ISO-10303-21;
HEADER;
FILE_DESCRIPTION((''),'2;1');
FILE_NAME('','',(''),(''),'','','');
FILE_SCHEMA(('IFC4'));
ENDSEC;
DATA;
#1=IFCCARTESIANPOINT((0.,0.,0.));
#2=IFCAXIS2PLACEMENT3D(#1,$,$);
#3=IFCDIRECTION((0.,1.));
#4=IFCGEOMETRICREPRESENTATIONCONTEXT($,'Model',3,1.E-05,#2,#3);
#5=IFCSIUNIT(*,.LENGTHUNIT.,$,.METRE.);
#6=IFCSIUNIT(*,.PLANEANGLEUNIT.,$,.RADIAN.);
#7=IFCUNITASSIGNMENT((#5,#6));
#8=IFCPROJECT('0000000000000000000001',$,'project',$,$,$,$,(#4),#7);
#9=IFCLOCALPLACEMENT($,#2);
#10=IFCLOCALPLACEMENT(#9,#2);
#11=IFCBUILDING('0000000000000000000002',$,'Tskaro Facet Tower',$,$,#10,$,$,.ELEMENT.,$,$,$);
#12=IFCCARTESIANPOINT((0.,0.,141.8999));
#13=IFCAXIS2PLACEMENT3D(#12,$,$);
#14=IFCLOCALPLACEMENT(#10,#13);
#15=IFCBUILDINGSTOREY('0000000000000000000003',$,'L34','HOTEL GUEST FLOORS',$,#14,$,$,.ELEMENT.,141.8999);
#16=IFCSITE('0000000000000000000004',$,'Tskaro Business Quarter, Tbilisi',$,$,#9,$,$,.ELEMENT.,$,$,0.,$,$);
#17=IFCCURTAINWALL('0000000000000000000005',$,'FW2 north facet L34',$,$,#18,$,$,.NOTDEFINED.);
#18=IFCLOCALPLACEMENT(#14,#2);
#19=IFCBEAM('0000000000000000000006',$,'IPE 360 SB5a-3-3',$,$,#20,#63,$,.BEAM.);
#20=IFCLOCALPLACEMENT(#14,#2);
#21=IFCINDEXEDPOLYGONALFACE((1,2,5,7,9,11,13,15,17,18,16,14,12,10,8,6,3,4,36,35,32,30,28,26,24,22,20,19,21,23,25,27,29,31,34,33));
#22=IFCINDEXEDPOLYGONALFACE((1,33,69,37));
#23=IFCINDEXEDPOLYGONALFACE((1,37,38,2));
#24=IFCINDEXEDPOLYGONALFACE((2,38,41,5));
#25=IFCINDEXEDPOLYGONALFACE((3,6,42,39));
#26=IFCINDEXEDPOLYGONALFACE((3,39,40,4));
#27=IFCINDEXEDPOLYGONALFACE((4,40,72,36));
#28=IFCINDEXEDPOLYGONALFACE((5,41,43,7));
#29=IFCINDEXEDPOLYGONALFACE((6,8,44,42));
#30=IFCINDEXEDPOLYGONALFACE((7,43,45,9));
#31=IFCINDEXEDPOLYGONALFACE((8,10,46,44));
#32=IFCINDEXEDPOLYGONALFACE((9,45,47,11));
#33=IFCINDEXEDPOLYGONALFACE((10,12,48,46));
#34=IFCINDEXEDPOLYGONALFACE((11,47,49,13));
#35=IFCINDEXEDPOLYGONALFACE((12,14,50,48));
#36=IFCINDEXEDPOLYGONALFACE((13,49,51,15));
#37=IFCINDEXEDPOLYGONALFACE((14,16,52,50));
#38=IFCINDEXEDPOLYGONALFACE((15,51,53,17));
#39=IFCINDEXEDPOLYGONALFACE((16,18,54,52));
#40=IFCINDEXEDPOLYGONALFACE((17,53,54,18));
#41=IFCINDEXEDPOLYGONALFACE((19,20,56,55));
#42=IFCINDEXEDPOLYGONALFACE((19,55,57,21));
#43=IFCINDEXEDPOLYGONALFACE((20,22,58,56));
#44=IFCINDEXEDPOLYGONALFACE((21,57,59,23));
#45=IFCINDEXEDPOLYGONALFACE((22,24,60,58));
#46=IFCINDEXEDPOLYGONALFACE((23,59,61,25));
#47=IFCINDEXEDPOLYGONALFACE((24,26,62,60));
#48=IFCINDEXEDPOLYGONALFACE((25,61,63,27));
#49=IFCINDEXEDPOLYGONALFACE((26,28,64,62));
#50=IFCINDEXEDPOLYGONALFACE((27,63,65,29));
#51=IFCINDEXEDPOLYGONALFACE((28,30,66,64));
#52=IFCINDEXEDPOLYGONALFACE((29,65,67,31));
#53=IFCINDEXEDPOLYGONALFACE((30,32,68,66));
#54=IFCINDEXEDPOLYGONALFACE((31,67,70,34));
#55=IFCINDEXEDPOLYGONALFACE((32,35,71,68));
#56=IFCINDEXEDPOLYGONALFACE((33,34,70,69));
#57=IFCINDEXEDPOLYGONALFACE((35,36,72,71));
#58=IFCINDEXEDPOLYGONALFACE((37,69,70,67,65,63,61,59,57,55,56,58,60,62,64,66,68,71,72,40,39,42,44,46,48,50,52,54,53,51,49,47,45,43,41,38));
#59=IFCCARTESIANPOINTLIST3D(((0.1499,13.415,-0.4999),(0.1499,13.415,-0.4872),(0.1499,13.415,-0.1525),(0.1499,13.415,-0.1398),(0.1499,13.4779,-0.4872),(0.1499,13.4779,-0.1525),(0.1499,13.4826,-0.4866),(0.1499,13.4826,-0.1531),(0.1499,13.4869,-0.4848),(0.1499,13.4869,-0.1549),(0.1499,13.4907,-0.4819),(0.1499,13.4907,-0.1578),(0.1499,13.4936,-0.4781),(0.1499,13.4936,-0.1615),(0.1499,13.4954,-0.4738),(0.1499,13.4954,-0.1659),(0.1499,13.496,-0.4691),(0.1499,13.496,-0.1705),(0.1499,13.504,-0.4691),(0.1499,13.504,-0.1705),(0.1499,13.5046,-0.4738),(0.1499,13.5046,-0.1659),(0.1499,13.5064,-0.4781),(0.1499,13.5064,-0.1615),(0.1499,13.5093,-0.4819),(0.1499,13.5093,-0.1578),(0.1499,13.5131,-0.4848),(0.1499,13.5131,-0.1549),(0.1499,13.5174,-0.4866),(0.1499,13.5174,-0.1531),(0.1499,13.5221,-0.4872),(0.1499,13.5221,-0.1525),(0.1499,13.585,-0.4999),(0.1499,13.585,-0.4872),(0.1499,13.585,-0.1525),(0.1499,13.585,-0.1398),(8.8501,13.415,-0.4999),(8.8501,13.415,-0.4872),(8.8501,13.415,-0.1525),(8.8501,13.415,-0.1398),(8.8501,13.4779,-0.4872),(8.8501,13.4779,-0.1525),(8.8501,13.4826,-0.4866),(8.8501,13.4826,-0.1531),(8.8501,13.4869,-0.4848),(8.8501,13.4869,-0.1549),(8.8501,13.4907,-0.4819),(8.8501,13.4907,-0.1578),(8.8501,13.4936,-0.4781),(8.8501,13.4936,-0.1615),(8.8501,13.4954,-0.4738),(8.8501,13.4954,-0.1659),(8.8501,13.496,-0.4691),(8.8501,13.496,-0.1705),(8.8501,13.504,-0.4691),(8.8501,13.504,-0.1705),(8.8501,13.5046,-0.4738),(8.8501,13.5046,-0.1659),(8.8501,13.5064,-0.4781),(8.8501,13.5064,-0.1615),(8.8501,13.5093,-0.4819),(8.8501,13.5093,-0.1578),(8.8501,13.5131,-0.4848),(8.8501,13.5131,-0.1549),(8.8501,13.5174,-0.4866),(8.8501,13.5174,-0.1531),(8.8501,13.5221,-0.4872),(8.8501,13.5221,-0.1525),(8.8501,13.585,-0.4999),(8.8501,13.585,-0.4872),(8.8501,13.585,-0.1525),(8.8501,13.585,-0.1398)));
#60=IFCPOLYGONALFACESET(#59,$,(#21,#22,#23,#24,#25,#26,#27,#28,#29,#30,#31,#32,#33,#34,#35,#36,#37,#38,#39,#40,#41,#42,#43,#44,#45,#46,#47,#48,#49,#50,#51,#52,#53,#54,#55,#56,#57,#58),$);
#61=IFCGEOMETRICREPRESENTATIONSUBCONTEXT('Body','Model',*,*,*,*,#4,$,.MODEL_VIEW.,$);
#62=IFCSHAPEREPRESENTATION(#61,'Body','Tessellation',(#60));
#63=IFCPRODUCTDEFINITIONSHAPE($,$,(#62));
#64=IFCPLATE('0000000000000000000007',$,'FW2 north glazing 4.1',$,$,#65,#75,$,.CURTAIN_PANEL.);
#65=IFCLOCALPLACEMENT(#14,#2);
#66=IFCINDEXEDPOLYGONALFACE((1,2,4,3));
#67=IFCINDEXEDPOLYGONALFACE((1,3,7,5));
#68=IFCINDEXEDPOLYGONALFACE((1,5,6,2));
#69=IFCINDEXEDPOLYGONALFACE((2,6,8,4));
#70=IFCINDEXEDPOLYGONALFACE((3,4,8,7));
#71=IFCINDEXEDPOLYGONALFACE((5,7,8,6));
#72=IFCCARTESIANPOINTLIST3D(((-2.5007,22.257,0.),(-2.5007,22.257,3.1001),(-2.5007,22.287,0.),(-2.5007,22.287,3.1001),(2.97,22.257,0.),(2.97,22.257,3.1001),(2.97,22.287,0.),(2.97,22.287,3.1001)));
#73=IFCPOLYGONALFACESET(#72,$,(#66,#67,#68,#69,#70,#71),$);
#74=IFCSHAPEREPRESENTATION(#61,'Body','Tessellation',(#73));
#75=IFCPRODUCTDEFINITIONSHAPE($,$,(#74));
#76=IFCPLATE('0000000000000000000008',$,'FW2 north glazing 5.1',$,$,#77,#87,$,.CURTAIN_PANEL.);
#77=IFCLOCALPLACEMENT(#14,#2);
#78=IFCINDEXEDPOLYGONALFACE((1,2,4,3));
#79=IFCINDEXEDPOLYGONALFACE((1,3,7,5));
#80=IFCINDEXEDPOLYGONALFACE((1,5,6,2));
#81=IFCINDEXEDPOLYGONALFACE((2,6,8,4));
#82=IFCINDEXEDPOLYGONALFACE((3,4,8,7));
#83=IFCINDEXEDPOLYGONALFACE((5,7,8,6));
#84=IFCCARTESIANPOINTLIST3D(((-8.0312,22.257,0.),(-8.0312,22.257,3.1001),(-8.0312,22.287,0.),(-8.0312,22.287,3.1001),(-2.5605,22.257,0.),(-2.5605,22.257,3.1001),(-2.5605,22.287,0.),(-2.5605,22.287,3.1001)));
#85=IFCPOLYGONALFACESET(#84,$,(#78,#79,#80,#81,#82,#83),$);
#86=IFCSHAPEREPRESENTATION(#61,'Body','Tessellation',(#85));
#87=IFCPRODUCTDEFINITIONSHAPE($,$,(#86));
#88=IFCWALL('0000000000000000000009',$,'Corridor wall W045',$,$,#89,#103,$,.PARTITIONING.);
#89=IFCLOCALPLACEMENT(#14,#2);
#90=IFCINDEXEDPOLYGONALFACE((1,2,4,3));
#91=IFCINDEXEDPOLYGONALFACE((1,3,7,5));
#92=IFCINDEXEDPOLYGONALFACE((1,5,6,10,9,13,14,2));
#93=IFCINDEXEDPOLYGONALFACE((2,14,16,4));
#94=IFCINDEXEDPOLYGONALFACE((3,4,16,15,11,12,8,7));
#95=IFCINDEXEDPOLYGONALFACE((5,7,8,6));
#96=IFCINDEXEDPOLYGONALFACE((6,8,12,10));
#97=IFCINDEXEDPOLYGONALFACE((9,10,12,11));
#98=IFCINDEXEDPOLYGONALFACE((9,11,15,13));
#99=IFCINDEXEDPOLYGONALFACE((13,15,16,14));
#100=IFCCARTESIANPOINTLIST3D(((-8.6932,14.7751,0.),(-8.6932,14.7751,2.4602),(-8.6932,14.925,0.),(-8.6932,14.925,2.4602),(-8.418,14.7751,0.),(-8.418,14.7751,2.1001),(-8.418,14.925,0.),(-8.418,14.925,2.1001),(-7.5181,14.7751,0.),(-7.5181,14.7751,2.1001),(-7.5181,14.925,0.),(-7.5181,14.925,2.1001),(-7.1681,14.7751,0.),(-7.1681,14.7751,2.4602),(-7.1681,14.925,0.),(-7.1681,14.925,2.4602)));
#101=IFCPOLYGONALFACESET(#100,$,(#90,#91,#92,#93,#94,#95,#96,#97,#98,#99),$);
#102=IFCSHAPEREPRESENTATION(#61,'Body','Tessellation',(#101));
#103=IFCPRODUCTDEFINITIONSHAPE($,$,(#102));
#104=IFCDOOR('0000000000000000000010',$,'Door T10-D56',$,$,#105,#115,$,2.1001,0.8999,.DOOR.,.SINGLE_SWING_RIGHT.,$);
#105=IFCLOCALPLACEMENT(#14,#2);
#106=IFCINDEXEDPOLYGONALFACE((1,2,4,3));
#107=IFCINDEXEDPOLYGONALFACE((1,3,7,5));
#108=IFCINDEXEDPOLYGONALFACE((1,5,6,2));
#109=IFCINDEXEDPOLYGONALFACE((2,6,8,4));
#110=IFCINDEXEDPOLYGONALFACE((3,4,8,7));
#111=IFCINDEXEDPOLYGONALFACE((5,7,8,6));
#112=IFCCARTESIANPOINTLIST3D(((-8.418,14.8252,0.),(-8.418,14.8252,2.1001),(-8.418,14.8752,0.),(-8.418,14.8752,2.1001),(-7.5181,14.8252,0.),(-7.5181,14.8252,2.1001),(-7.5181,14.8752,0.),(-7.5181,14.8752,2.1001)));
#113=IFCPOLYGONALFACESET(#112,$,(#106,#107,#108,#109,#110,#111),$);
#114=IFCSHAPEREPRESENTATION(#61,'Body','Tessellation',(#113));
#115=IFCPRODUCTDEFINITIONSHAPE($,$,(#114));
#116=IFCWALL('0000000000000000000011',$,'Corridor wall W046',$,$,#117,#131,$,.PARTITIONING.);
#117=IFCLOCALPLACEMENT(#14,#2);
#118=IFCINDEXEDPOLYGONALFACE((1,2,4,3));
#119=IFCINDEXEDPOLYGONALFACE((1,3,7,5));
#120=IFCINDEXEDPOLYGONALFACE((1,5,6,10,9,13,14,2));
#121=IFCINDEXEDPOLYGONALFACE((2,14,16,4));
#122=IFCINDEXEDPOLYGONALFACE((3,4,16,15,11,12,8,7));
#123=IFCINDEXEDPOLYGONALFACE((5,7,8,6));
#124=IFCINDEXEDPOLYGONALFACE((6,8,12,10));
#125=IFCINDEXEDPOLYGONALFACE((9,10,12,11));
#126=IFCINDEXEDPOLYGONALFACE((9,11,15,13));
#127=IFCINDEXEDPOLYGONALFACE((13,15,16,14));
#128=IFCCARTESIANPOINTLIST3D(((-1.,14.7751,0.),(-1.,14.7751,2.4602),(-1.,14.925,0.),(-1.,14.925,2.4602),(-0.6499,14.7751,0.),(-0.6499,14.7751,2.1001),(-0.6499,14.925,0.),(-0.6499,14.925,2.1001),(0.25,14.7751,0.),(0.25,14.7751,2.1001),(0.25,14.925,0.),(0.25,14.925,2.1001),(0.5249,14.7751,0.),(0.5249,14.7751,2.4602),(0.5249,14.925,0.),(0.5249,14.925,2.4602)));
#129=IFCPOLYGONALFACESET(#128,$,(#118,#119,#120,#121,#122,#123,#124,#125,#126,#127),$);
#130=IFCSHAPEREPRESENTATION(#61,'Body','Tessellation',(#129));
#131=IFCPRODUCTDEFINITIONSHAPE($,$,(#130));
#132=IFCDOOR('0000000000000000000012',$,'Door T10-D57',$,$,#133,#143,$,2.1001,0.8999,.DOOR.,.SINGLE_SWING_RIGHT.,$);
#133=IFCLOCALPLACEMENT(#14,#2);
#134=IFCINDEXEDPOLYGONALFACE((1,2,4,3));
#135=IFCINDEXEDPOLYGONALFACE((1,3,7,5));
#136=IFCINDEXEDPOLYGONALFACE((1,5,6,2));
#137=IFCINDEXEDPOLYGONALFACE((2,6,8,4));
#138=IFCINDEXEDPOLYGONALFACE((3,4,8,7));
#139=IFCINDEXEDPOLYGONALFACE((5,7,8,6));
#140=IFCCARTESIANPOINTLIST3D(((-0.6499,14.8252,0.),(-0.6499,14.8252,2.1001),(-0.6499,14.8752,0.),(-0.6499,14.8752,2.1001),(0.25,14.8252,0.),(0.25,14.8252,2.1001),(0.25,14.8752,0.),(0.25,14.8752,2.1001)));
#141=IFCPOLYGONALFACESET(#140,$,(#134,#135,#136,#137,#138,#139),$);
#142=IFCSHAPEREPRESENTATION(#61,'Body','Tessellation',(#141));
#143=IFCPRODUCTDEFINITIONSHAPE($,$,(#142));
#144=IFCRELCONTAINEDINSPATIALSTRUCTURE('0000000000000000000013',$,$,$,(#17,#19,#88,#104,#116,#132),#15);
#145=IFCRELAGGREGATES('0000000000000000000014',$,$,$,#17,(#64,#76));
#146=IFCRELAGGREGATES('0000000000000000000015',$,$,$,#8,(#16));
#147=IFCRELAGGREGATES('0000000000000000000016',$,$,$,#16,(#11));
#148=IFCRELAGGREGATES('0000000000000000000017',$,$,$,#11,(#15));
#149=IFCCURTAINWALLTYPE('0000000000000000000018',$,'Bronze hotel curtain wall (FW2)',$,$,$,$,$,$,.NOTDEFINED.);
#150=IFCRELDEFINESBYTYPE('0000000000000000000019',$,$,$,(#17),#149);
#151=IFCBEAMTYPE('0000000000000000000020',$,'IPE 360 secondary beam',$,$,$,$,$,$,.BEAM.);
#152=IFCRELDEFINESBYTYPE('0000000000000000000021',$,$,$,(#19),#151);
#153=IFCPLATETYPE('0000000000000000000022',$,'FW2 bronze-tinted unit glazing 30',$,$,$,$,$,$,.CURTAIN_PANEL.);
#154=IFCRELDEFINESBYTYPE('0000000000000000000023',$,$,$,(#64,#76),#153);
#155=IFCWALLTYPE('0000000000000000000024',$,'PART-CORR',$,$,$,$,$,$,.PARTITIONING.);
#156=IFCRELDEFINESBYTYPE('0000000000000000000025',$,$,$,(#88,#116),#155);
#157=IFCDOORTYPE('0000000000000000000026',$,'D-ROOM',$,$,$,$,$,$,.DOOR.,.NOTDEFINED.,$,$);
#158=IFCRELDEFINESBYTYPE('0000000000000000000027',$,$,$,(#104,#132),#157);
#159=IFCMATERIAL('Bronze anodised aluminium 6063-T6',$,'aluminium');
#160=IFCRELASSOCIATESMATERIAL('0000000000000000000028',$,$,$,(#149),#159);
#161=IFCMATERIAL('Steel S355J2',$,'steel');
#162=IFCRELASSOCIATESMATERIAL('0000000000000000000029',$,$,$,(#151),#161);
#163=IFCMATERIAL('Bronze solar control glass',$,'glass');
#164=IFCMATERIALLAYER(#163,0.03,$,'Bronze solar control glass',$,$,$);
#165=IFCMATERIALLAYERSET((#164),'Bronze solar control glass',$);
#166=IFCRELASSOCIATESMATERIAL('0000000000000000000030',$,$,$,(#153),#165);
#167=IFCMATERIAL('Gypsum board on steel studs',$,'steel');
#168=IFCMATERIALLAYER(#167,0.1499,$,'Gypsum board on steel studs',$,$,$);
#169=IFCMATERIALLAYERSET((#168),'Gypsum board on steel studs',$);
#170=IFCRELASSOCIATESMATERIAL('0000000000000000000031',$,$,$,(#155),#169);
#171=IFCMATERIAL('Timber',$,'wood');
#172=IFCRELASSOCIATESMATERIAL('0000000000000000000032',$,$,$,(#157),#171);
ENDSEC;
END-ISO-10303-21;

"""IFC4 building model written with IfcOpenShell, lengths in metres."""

from ifc_helpers import new_model, si_unit, direction, frame, frame_2d, origin, origin_2d, place, context, subcontext, project, spatial, rectangle, i_section, extrude, material, layer, layer_set, material_profile, profile_set, type_object, element, fill, aggregate, save


model = new_model("IFC4")

# Units and contexts
model_context = context("Model", 3, precision=1e-05, world=origin(), true_north=direction((0.0, 1.0)))
body_context = subcontext(model_context, "Body", "Model", "MODEL_VIEW")
ifc_project = project(units=[si_unit("LENGTHUNIT", "METRE"), si_unit("PLANEANGLEUNIT", "RADIAN")], contexts=[model_context])

# Site, building, storey
site_placement = place(None, origin())
site = spatial("IfcSite", under=ifc_project, at=site_placement, Name="Tskaro Business Quarter, Tbilisi", CompositionType="ELEMENT", RefElevation=0.0)
building_placement = place(site_placement, origin())
building = spatial("IfcBuilding", under=site, at=building_placement, Name="Tskaro Facet Tower", CompositionType="ELEMENT")
storey_placement = place(building_placement, frame((0.0, 0.0, 141.8999)))
storey = spatial("IfcBuildingStorey", under=building, at=storey_placement, Name="L34", Description="HOTEL GUEST FLOORS", CompositionType="ELEMENT", Elevation=141.8999)

# Curtain wall
ifc_material_1 = material(Name="Bronze anodised aluminium 6063-T6", Category="aluminium")
curtain_wall_type = type_object("IfcCurtainWallType", Name="Bronze hotel curtain wall (FW2)", PredefinedType="NOTDEFINED", material=ifc_material_1)
curtain_wall_placement = place(storey_placement, origin())
curtain_wall = element("IfcCurtainWall", 1, at=curtain_wall_placement, inside=storey, type_object=curtain_wall_type, Name="FW2 north facet L34", PredefinedType="NOTDEFINED")

# Beam
ifc_material_2 = material(Name="Steel S355J2", Category="steel")
ifc_material_profile_1 = material_profile(ifc_material_2, i_section(OverallWidth=0.1699, OverallDepth=0.3601, WebThickness=0.0081, FlangeThickness=0.0127, FilletRadius=0.0181, at=origin_2d()), Name="IPE 360")
ifc_profile_set_1 = profile_set([ifc_material_profile_1], Name="Steel S355J2")
beam_type_1 = type_object("IfcBeamType", Name="IPE 360 secondary beam", PredefinedType="BEAM", material=ifc_profile_set_1)
beam_placement = place(storey_placement, frame((0.1499, 13.5, -0.3198), z_axis=(1.0, 0.0, 0.0), x_axis=(0.0, 1.0, 0.0)))
element("IfcBeam", 2, at=beam_placement, inside=storey, type_object=beam_type_1, Name="IPE 360 SB5a-3-3", PredefinedType="BEAM", context=body_context, shape_type="SweptSolid", body=[
    extrude(i_section(OverallWidth=0.1699, OverallDepth=0.3601, WebThickness=0.0081, FlangeThickness=0.0127, FilletRadius=0.0181, at=origin_2d()), origin(), (0.0, 0.0, 1.0), 8.7002),
])

# Plates
ifc_material_3 = material(Name="Bronze solar control glass", Category="glass")
ifc_layer_1 = layer(ifc_material_3, 0.03, Name="Bronze solar control glass")
ifc_layer_set_1 = layer_set([ifc_layer_1], Name="Bronze solar control glass")
plate_type = type_object("IfcPlateType", Name="FW2 bronze-tinted unit glazing 30", PredefinedType="CURTAIN_PANEL", material=ifc_layer_set_1)
plate_1_placement = place(storey_placement, frame((0.2346, 22.272, 0.0), z_axis=(0.0, 0.0, 1.0), x_axis=(-1.0, 0.0, 0.0)))
plate_1 = element("IfcPlate", 3, at=plate_1_placement, type_object=plate_type, Name="FW2 north glazing 4.1", PredefinedType="CURTAIN_PANEL", context=body_context, shape_type="SweptSolid", body=[
    extrude(rectangle(XDim=5.4707, YDim=0.03, at=origin_2d()), origin(), (0.0, 0.0, 1.0), 3.1001),
])
plate_2_placement = place(storey_placement, frame((-5.2959, 22.272, 0.0), z_axis=(0.0, 0.0, 1.0), x_axis=(-1.0, 0.0, 0.0)))
plate_2 = element("IfcPlate", 4, at=plate_2_placement, type_object=plate_type, Name="FW2 north glazing 5.1", PredefinedType="CURTAIN_PANEL", context=body_context, shape_type="SweptSolid", body=[
    extrude(rectangle(XDim=5.4707, YDim=0.03, at=origin_2d()), origin(), (0.0, 0.0, 1.0), 3.1001),
])
aggregate(curtain_wall, [plate_1, plate_2])

# Walls, openings, doors
ifc_material_4 = material(Name="Gypsum board on steel studs", Category="steel")
ifc_layer_2 = layer(ifc_material_4, 0.1499, Name="Gypsum board on steel studs")
ifc_layer_set_2 = layer_set([ifc_layer_2], Name="Gypsum board on steel studs")
wall_type_1 = type_object("IfcWallType", Name="PART-CORR", PredefinedType="PARTITIONING", material=ifc_layer_set_2)
wall_1_placement = place(storey_placement, frame((-7.168, 14.8501, 0.0), z_axis=(0.0, 0.0, 1.0), x_axis=(-1.0, 0.0, 0.0)))
wall_1 = element("IfcWall", 5, at=wall_1_placement, inside=storey, type_object=wall_type_1, Name="Corridor wall W045", PredefinedType="PARTITIONING", context=body_context, shape_type="SweptSolid", body=[
    extrude(rectangle(XDim=1.5251, YDim=0.1499, at=frame_2d((0.7627, 0.0))), origin(), (0.0, 0.0, 1.0), 2.4602),
])
opening_1_placement = place(wall_1_placement, frame((0.3501, 0.0, 0.0)))
opening_1 = element("IfcOpeningElement", 6, at=opening_1_placement, cuts=wall_1, PredefinedType="OPENING", context=body_context, shape_type="SweptSolid", body=[
    extrude(rectangle(XDim=0.8999, YDim=2.1001, at=frame_2d((0.45, 1.05))), frame((0.0, 0.085, 0.0), z_axis=(0.0, -1.0, 0.0), x_axis=(1.0, 0.0, 0.0)), (0.0, 0.0, 1.0), 0.1699),
])
ifc_material_5 = material(Name="Timber", Category="wood")
door_type_1 = type_object("IfcDoorType", Name="D-ROOM", OperationType="NOTDEFINED", PredefinedType="DOOR", material=ifc_material_5)
door_1_placement = place(opening_1_placement, origin())
door_1 = element("IfcDoor", 7, at=door_1_placement, inside=storey, type_object=door_type_1, Name="Door T10-D56", OperationType="SINGLE_SWING_RIGHT", OverallHeight=2.1001, OverallWidth=0.8999, PredefinedType="DOOR", context=body_context, shape_type="SweptSolid", body=[
    extrude(rectangle(XDim=0.8999, YDim=2.1001, at=frame_2d((0.45, 1.05))), frame((0.0, 0.0249, 0.0), z_axis=(0.0, -1.0, 0.0), x_axis=(1.0, 0.0, 0.0)), (0.0, 0.0, 1.0), 0.05),
])
fill(opening_1, door_1)
wall_2_placement = place(storey_placement, frame((0.5249, 14.8501, 0.0), z_axis=(0.0, 0.0, 1.0), x_axis=(-1.0, 0.0, 0.0)))
wall_2 = element("IfcWall", 8, at=wall_2_placement, inside=storey, type_object=wall_type_1, Name="Corridor wall W046", PredefinedType="PARTITIONING", context=body_context, shape_type="SweptSolid", body=[
    extrude(rectangle(XDim=1.5249, YDim=0.1499, at=frame_2d((0.7625, 0.0))), origin(), (0.0, 0.0, 1.0), 2.4602),
])
opening_2_placement = place(wall_2_placement, frame((0.2749, 0.0, 0.0)))
opening_2 = element("IfcOpeningElement", 9, at=opening_2_placement, cuts=wall_2, PredefinedType="OPENING", context=body_context, shape_type="SweptSolid", body=[
    extrude(rectangle(XDim=0.8999, YDim=2.1001, at=frame_2d((0.45, 1.05))), frame((0.0, 0.085, 0.0), z_axis=(0.0, -1.0, 0.0), x_axis=(1.0, 0.0, 0.0)), (0.0, 0.0, 1.0), 0.1699),
])
door_2_placement = place(opening_2_placement, origin())
door_2 = element("IfcDoor", 10, at=door_2_placement, inside=storey, type_object=door_type_1, Name="Door T10-D57", OperationType="SINGLE_SWING_RIGHT", OverallHeight=2.1001, OverallWidth=0.8999, PredefinedType="DOOR", context=body_context, shape_type="SweptSolid", body=[
    extrude(rectangle(XDim=0.8999, YDim=2.1001, at=frame_2d((0.45, 1.05))), frame((0.0, 0.0249, 0.0), z_axis=(0.0, -1.0, 0.0), x_axis=(1.0, 0.0, 0.0)), (0.0, 0.0, 1.0), 0.05),
])
fill(opening_2, door_2)

save(model, "model.ifc")
